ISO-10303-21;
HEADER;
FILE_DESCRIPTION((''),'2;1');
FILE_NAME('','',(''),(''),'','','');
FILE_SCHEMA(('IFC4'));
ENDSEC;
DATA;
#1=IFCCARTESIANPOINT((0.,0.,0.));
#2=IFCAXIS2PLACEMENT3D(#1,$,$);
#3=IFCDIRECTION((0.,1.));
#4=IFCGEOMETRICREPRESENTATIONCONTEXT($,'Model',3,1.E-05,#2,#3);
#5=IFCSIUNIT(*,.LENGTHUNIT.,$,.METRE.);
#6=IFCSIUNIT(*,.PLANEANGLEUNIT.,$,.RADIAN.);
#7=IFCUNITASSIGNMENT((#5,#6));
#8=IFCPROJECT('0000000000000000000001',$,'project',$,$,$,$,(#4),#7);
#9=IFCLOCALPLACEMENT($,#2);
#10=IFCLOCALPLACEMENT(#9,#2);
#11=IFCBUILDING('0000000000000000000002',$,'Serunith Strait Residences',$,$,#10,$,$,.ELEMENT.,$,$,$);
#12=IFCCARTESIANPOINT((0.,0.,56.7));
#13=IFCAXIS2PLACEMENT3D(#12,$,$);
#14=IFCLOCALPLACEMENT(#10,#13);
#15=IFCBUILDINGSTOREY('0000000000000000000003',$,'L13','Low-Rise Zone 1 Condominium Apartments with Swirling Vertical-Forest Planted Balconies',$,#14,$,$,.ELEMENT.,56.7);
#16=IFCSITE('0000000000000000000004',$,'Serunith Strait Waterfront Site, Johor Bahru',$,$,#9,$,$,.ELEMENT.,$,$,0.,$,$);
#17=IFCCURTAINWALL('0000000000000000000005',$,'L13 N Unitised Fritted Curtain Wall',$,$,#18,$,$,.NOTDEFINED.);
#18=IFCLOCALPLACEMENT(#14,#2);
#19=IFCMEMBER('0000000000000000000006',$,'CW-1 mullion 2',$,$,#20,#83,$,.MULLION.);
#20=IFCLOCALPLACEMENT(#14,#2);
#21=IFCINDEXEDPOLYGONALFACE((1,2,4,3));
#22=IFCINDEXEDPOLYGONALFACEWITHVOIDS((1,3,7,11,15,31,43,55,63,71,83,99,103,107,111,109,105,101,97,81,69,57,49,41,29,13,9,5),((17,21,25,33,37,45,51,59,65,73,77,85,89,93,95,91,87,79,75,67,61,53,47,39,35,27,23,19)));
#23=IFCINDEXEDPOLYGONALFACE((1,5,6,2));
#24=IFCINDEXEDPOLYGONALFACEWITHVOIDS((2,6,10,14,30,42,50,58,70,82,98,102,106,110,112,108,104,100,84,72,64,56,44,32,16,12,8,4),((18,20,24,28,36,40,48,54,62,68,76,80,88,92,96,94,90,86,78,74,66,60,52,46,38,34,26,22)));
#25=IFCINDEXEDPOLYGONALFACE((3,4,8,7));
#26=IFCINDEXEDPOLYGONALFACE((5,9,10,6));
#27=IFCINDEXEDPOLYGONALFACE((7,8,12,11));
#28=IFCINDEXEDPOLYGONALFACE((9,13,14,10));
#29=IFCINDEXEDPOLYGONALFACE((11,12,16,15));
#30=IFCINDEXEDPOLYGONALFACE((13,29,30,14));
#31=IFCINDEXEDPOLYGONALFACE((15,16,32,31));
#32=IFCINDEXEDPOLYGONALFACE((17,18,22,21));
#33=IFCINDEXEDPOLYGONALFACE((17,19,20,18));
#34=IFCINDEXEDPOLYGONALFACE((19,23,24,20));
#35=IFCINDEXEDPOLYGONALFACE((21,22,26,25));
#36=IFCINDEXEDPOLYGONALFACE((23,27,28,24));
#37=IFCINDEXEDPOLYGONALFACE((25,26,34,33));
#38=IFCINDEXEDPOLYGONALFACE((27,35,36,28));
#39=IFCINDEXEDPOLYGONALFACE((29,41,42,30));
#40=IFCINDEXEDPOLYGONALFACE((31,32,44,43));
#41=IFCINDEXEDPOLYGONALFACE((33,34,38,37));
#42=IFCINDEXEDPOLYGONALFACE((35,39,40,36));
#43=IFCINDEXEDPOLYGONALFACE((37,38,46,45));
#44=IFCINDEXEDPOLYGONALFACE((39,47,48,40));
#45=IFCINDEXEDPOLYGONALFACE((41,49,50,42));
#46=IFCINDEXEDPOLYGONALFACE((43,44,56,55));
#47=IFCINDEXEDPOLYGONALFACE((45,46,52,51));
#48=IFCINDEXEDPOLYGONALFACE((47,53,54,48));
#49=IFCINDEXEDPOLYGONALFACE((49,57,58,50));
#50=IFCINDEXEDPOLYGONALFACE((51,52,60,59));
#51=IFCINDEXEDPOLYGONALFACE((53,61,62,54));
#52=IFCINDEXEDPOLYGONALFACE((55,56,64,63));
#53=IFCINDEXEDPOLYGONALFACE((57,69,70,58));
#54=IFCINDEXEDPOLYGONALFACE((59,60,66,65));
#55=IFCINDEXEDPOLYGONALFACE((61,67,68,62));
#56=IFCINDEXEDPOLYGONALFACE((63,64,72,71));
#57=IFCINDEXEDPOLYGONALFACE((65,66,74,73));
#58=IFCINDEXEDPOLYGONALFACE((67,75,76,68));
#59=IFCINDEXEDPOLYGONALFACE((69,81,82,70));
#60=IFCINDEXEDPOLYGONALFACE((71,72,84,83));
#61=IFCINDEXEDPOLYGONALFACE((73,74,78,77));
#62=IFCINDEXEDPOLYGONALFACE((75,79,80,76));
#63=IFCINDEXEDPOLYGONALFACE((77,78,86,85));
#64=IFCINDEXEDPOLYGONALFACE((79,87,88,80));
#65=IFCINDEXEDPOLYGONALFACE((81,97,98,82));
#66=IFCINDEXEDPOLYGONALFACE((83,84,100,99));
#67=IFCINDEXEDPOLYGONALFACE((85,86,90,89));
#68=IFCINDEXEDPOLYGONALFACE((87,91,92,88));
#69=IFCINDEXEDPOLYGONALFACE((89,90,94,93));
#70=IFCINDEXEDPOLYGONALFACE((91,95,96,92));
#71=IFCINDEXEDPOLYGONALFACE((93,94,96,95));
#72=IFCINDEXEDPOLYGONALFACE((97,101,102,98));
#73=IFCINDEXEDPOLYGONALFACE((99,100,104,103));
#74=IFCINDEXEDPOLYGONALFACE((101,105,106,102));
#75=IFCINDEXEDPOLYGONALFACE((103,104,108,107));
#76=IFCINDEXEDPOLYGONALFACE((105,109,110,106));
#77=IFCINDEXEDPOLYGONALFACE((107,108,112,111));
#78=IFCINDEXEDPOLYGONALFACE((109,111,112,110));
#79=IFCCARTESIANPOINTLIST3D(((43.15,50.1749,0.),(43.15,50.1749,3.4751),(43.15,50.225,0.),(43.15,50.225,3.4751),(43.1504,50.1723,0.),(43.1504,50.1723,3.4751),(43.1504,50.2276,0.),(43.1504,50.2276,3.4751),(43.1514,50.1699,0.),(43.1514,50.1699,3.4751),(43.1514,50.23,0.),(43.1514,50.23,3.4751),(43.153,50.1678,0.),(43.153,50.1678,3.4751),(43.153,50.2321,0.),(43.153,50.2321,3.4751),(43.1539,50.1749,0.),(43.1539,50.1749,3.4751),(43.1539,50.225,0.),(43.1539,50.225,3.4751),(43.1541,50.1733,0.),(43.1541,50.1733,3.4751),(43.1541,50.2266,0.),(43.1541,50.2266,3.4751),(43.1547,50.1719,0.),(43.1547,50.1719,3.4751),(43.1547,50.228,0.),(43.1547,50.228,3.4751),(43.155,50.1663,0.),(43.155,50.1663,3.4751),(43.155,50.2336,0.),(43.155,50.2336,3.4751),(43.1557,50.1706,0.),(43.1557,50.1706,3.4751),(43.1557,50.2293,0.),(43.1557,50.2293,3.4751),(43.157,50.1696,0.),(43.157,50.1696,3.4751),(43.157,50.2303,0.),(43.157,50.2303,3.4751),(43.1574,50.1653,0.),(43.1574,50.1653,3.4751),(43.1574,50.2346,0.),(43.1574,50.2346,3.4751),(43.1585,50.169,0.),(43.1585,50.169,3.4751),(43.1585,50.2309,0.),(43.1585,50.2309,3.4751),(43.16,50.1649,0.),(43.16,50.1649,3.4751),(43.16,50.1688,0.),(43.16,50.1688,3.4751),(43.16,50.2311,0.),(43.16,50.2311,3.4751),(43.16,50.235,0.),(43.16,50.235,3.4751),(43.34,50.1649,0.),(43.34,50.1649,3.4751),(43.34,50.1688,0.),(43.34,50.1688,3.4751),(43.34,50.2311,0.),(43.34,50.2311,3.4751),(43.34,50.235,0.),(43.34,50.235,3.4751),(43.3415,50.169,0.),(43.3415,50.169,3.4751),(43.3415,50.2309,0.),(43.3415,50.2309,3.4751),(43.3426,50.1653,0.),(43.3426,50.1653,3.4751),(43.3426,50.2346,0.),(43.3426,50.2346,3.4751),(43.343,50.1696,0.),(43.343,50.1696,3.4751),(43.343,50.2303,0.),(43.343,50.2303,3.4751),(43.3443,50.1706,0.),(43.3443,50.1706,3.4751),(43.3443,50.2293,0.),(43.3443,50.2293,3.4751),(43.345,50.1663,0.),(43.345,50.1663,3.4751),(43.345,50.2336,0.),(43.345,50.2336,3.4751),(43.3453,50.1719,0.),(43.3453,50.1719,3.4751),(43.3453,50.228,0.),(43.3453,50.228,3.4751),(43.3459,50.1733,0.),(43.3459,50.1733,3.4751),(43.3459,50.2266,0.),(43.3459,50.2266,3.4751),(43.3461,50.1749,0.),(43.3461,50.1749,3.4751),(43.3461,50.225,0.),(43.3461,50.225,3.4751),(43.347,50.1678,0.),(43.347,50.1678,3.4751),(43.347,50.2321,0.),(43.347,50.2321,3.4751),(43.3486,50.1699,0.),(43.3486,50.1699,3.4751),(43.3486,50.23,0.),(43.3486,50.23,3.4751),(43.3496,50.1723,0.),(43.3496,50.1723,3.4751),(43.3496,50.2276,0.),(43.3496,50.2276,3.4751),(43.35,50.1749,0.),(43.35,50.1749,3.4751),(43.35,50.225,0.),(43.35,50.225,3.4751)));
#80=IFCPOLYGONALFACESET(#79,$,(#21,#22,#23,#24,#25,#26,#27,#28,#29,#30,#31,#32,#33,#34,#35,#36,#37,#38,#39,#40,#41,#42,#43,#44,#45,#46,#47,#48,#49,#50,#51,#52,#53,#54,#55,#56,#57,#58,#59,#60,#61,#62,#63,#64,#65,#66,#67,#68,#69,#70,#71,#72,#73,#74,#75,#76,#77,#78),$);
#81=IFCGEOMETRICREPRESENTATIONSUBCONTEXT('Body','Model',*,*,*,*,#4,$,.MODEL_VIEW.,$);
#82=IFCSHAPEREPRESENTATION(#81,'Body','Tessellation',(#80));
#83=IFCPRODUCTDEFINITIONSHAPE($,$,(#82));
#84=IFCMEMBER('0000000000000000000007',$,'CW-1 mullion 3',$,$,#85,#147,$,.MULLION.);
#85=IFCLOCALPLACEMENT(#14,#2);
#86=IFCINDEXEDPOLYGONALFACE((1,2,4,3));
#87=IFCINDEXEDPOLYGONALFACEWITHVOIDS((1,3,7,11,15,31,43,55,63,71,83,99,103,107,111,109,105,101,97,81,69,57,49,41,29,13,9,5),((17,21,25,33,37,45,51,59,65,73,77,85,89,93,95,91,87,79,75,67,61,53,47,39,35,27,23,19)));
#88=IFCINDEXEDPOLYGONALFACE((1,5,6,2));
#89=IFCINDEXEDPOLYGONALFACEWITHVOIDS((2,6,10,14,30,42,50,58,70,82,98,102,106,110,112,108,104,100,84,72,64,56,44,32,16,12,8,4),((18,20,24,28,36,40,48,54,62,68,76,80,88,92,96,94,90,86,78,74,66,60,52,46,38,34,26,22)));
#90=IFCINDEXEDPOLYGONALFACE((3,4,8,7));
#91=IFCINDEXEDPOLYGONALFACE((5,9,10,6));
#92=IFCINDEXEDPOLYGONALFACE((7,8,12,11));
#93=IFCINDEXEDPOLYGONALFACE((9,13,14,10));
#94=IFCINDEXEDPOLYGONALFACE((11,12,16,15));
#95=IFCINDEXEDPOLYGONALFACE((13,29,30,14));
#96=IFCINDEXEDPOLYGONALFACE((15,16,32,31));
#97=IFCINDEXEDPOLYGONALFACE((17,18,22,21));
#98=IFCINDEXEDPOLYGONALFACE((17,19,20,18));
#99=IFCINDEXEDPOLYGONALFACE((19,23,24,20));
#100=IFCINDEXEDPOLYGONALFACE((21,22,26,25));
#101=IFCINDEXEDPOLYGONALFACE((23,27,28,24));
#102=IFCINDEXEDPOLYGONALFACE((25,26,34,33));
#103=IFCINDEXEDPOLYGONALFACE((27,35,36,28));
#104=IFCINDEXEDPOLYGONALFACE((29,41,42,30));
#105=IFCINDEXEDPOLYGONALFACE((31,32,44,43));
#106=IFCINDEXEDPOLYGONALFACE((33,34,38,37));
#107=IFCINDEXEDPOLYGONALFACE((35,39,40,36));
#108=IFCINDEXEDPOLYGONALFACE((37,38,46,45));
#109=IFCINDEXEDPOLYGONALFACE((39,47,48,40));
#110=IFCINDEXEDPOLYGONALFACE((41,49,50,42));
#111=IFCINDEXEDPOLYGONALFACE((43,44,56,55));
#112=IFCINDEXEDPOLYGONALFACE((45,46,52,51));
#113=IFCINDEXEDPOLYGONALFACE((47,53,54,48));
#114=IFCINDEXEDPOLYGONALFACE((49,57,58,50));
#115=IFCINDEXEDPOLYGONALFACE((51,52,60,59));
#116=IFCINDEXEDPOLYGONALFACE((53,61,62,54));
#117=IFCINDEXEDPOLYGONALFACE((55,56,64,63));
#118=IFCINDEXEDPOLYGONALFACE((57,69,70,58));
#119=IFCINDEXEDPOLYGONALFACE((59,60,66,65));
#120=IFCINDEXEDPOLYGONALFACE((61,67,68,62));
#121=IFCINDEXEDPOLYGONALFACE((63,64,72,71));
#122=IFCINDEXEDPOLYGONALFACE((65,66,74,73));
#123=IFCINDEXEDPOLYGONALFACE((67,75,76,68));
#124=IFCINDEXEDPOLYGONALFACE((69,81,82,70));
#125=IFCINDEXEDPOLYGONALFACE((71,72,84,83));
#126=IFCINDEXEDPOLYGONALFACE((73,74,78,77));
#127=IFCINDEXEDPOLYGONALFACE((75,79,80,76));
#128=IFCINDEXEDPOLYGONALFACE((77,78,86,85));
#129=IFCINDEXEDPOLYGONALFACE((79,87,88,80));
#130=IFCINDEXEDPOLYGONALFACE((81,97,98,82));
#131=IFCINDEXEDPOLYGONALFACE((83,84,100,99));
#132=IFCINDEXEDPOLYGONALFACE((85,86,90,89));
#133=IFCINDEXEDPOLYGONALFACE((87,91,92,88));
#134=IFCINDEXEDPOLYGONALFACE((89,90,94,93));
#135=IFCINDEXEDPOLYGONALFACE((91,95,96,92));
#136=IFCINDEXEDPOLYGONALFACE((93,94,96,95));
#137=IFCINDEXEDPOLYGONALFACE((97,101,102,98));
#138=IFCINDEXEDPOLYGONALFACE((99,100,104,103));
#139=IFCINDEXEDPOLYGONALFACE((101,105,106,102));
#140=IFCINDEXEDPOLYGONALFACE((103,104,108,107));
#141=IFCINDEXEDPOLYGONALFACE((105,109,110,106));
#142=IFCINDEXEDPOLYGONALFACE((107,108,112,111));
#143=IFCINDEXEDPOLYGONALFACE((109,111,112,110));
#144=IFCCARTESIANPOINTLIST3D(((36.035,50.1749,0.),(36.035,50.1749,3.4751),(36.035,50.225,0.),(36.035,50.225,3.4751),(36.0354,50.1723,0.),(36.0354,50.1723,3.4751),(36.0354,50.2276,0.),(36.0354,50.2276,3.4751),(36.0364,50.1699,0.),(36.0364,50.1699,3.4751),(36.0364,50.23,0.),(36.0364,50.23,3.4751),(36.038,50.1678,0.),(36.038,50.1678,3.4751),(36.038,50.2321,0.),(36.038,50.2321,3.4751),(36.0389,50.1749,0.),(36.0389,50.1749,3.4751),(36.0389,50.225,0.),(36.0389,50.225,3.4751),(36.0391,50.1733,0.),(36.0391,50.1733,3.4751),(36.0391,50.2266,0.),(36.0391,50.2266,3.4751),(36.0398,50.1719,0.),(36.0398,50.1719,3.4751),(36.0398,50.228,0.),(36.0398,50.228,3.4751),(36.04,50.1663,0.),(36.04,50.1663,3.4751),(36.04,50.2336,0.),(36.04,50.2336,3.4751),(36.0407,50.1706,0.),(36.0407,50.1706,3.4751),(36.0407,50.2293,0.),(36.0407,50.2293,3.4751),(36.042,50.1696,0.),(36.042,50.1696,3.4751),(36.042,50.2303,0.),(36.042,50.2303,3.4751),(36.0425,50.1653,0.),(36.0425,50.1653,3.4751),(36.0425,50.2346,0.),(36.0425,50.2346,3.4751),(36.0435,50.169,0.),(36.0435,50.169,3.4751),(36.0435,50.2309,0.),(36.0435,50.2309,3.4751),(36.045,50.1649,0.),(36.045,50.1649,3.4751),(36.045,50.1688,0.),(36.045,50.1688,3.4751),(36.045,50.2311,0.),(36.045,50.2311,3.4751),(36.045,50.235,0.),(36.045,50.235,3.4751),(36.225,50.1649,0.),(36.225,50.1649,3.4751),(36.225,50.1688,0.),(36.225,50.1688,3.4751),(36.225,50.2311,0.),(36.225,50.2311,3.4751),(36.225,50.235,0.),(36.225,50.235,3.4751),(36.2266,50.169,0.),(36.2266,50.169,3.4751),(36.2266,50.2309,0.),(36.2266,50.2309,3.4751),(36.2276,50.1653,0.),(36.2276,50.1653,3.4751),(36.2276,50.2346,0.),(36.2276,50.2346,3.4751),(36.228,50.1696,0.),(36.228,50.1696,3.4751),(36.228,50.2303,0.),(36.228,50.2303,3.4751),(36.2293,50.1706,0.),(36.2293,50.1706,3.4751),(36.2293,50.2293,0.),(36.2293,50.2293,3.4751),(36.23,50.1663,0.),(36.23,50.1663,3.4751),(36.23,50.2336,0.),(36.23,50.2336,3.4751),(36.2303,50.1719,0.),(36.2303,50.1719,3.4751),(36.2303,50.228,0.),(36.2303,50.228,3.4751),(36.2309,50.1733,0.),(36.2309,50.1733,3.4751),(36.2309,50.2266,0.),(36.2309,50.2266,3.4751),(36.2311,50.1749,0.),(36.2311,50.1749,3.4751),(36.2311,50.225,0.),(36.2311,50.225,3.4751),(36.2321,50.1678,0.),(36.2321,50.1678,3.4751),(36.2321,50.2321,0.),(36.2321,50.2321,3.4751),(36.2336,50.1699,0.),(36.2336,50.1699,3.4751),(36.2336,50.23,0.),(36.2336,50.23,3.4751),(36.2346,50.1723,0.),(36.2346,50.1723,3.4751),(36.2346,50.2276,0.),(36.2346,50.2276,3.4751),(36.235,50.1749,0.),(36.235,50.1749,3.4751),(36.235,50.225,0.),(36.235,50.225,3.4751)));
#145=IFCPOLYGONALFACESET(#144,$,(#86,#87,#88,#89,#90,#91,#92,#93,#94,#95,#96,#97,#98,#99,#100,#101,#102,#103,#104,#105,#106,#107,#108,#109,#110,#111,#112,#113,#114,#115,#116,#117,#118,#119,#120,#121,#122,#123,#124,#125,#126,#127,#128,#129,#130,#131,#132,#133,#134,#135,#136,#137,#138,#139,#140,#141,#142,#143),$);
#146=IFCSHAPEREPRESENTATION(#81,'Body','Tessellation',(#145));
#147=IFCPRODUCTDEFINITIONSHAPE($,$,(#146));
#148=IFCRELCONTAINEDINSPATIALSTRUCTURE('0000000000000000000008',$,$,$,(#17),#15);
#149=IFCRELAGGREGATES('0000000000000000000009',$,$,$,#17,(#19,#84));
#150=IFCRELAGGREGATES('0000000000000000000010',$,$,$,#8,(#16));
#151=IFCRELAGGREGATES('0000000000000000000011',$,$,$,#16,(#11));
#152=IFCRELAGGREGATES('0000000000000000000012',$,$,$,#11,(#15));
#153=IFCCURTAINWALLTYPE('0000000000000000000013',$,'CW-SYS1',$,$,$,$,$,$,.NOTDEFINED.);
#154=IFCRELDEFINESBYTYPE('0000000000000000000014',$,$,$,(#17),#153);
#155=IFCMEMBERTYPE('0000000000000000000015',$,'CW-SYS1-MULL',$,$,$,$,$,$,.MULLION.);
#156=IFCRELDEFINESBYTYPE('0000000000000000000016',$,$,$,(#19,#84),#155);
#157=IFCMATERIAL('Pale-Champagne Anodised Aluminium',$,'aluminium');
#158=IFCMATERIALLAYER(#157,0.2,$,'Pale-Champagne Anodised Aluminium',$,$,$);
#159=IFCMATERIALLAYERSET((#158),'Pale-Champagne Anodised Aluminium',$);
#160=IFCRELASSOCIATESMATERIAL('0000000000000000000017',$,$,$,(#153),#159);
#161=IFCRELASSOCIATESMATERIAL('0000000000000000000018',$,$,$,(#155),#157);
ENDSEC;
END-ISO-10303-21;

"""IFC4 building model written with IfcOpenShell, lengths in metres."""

from ifc_helpers import new_model, si_unit, direction, frame, origin, origin_2d, place, context, subcontext, project, spatial, hollow_rectangle, extrude, source, transform, mapped, material, layer, layer_set, material_profile, profile_set, type_object, element, aggregate, save


model = new_model("IFC4")

# Units and contexts
model_context = context("Model", 3, precision=1e-05, world=origin(), true_north=direction((0.0, 1.0)))
body_context = subcontext(model_context, "Body", "Model", "MODEL_VIEW")
ifc_project = project(units=[si_unit("LENGTHUNIT", "METRE"), si_unit("PLANEANGLEUNIT", "RADIAN")], contexts=[model_context])

# Site, building, storey
site_placement = place(None, origin())
site = spatial("IfcSite", under=ifc_project, at=site_placement, Name="Serunith Strait Waterfront Site, Johor Bahru", CompositionType="ELEMENT", RefElevation=0.0)
building_placement = place(site_placement, origin())
building = spatial("IfcBuilding", under=site, at=building_placement, Name="Serunith Strait Residences", CompositionType="ELEMENT")
storey_placement = place(building_placement, frame((0.0, 0.0, 56.7)))
storey = spatial("IfcBuildingStorey", under=building, at=storey_placement, Name="L13", Description="Low-Rise Zone 1 Condominium Apartments with Swirling Vertical-Forest Planted Balconies", CompositionType="ELEMENT", Elevation=56.7)

# Curtain wall, members
ifc_material_1 = material(Name="Pale-Champagne Anodised Aluminium", Category="aluminium")
ifc_layer_1 = layer(ifc_material_1, 0.2, Name="Pale-Champagne Anodised Aluminium")
ifc_layer_set_1 = layer_set([ifc_layer_1], Name="Pale-Champagne Anodised Aluminium")
curtain_wall_type = type_object("IfcCurtainWallType", Name="CW-SYS1", PredefinedType="NOTDEFINED", material=ifc_layer_set_1)
curtain_wall_1_placement = place(storey_placement, origin())
curtain_wall_1 = element("IfcCurtainWall", 1, at=curtain_wall_1_placement, inside=storey, type_object=curtain_wall_type, Name="L13 N Unitised Fritted Curtain Wall", PredefinedType="NOTDEFINED")
ifc_material_profile_1 = material_profile(ifc_material_1, hollow_rectangle(XDim=0.0701, YDim=0.2, WallThickness=0.0039, InnerFilletRadius=0.0061, OuterFilletRadius=0.01, at=origin_2d()), Name="ALU 200x70x4")
ifc_profile_set_1 = profile_set([ifc_material_profile_1], Name="Pale-Champagne Anodised Aluminium")
member_type_1 = type_object("IfcMemberType", Name="CW-SYS1-MULL", PredefinedType="MULLION", material=ifc_profile_set_1)
shared_shape_1 = source(origin(), body_context, "Body", "SweptSolid", [
    extrude(hollow_rectangle(XDim=0.0701, YDim=0.2, WallThickness=0.0039, InnerFilletRadius=0.0061, OuterFilletRadius=0.01, at=origin_2d()), origin(), (0.0, 0.0, 1.0), 3.4751),
])
member_1_placement = place(storey_placement, frame((43.25, 50.2, 0.0), z_axis=(0.0, 0.0, 1.0), x_axis=(0.0, -1.0, 0.0)))
member_1 = element("IfcMember", 2, at=member_1_placement, type_object=member_type_1, Name="CW-1 mullion 2", PredefinedType="MULLION", context=body_context, shape_type="MappedRepresentation", body=[
    mapped(shared_shape_1, transform((0.0, 0.0, 0.0), scale=1.0)),
])
member_2_placement = place(storey_placement, frame((36.135, 50.2, 0.0), z_axis=(0.0, 0.0, 1.0), x_axis=(0.0, -1.0, 0.0)))
member_2 = element("IfcMember", 3, at=member_2_placement, type_object=member_type_1, Name="CW-1 mullion 3", PredefinedType="MULLION", context=body_context, shape_type="MappedRepresentation", body=[
    mapped(shared_shape_1, transform((0.0, 0.0, 0.0), scale=1.0)),
])

aggregate(curtain_wall_1, [member_1, member_2])

save(model, "model.ifc")
